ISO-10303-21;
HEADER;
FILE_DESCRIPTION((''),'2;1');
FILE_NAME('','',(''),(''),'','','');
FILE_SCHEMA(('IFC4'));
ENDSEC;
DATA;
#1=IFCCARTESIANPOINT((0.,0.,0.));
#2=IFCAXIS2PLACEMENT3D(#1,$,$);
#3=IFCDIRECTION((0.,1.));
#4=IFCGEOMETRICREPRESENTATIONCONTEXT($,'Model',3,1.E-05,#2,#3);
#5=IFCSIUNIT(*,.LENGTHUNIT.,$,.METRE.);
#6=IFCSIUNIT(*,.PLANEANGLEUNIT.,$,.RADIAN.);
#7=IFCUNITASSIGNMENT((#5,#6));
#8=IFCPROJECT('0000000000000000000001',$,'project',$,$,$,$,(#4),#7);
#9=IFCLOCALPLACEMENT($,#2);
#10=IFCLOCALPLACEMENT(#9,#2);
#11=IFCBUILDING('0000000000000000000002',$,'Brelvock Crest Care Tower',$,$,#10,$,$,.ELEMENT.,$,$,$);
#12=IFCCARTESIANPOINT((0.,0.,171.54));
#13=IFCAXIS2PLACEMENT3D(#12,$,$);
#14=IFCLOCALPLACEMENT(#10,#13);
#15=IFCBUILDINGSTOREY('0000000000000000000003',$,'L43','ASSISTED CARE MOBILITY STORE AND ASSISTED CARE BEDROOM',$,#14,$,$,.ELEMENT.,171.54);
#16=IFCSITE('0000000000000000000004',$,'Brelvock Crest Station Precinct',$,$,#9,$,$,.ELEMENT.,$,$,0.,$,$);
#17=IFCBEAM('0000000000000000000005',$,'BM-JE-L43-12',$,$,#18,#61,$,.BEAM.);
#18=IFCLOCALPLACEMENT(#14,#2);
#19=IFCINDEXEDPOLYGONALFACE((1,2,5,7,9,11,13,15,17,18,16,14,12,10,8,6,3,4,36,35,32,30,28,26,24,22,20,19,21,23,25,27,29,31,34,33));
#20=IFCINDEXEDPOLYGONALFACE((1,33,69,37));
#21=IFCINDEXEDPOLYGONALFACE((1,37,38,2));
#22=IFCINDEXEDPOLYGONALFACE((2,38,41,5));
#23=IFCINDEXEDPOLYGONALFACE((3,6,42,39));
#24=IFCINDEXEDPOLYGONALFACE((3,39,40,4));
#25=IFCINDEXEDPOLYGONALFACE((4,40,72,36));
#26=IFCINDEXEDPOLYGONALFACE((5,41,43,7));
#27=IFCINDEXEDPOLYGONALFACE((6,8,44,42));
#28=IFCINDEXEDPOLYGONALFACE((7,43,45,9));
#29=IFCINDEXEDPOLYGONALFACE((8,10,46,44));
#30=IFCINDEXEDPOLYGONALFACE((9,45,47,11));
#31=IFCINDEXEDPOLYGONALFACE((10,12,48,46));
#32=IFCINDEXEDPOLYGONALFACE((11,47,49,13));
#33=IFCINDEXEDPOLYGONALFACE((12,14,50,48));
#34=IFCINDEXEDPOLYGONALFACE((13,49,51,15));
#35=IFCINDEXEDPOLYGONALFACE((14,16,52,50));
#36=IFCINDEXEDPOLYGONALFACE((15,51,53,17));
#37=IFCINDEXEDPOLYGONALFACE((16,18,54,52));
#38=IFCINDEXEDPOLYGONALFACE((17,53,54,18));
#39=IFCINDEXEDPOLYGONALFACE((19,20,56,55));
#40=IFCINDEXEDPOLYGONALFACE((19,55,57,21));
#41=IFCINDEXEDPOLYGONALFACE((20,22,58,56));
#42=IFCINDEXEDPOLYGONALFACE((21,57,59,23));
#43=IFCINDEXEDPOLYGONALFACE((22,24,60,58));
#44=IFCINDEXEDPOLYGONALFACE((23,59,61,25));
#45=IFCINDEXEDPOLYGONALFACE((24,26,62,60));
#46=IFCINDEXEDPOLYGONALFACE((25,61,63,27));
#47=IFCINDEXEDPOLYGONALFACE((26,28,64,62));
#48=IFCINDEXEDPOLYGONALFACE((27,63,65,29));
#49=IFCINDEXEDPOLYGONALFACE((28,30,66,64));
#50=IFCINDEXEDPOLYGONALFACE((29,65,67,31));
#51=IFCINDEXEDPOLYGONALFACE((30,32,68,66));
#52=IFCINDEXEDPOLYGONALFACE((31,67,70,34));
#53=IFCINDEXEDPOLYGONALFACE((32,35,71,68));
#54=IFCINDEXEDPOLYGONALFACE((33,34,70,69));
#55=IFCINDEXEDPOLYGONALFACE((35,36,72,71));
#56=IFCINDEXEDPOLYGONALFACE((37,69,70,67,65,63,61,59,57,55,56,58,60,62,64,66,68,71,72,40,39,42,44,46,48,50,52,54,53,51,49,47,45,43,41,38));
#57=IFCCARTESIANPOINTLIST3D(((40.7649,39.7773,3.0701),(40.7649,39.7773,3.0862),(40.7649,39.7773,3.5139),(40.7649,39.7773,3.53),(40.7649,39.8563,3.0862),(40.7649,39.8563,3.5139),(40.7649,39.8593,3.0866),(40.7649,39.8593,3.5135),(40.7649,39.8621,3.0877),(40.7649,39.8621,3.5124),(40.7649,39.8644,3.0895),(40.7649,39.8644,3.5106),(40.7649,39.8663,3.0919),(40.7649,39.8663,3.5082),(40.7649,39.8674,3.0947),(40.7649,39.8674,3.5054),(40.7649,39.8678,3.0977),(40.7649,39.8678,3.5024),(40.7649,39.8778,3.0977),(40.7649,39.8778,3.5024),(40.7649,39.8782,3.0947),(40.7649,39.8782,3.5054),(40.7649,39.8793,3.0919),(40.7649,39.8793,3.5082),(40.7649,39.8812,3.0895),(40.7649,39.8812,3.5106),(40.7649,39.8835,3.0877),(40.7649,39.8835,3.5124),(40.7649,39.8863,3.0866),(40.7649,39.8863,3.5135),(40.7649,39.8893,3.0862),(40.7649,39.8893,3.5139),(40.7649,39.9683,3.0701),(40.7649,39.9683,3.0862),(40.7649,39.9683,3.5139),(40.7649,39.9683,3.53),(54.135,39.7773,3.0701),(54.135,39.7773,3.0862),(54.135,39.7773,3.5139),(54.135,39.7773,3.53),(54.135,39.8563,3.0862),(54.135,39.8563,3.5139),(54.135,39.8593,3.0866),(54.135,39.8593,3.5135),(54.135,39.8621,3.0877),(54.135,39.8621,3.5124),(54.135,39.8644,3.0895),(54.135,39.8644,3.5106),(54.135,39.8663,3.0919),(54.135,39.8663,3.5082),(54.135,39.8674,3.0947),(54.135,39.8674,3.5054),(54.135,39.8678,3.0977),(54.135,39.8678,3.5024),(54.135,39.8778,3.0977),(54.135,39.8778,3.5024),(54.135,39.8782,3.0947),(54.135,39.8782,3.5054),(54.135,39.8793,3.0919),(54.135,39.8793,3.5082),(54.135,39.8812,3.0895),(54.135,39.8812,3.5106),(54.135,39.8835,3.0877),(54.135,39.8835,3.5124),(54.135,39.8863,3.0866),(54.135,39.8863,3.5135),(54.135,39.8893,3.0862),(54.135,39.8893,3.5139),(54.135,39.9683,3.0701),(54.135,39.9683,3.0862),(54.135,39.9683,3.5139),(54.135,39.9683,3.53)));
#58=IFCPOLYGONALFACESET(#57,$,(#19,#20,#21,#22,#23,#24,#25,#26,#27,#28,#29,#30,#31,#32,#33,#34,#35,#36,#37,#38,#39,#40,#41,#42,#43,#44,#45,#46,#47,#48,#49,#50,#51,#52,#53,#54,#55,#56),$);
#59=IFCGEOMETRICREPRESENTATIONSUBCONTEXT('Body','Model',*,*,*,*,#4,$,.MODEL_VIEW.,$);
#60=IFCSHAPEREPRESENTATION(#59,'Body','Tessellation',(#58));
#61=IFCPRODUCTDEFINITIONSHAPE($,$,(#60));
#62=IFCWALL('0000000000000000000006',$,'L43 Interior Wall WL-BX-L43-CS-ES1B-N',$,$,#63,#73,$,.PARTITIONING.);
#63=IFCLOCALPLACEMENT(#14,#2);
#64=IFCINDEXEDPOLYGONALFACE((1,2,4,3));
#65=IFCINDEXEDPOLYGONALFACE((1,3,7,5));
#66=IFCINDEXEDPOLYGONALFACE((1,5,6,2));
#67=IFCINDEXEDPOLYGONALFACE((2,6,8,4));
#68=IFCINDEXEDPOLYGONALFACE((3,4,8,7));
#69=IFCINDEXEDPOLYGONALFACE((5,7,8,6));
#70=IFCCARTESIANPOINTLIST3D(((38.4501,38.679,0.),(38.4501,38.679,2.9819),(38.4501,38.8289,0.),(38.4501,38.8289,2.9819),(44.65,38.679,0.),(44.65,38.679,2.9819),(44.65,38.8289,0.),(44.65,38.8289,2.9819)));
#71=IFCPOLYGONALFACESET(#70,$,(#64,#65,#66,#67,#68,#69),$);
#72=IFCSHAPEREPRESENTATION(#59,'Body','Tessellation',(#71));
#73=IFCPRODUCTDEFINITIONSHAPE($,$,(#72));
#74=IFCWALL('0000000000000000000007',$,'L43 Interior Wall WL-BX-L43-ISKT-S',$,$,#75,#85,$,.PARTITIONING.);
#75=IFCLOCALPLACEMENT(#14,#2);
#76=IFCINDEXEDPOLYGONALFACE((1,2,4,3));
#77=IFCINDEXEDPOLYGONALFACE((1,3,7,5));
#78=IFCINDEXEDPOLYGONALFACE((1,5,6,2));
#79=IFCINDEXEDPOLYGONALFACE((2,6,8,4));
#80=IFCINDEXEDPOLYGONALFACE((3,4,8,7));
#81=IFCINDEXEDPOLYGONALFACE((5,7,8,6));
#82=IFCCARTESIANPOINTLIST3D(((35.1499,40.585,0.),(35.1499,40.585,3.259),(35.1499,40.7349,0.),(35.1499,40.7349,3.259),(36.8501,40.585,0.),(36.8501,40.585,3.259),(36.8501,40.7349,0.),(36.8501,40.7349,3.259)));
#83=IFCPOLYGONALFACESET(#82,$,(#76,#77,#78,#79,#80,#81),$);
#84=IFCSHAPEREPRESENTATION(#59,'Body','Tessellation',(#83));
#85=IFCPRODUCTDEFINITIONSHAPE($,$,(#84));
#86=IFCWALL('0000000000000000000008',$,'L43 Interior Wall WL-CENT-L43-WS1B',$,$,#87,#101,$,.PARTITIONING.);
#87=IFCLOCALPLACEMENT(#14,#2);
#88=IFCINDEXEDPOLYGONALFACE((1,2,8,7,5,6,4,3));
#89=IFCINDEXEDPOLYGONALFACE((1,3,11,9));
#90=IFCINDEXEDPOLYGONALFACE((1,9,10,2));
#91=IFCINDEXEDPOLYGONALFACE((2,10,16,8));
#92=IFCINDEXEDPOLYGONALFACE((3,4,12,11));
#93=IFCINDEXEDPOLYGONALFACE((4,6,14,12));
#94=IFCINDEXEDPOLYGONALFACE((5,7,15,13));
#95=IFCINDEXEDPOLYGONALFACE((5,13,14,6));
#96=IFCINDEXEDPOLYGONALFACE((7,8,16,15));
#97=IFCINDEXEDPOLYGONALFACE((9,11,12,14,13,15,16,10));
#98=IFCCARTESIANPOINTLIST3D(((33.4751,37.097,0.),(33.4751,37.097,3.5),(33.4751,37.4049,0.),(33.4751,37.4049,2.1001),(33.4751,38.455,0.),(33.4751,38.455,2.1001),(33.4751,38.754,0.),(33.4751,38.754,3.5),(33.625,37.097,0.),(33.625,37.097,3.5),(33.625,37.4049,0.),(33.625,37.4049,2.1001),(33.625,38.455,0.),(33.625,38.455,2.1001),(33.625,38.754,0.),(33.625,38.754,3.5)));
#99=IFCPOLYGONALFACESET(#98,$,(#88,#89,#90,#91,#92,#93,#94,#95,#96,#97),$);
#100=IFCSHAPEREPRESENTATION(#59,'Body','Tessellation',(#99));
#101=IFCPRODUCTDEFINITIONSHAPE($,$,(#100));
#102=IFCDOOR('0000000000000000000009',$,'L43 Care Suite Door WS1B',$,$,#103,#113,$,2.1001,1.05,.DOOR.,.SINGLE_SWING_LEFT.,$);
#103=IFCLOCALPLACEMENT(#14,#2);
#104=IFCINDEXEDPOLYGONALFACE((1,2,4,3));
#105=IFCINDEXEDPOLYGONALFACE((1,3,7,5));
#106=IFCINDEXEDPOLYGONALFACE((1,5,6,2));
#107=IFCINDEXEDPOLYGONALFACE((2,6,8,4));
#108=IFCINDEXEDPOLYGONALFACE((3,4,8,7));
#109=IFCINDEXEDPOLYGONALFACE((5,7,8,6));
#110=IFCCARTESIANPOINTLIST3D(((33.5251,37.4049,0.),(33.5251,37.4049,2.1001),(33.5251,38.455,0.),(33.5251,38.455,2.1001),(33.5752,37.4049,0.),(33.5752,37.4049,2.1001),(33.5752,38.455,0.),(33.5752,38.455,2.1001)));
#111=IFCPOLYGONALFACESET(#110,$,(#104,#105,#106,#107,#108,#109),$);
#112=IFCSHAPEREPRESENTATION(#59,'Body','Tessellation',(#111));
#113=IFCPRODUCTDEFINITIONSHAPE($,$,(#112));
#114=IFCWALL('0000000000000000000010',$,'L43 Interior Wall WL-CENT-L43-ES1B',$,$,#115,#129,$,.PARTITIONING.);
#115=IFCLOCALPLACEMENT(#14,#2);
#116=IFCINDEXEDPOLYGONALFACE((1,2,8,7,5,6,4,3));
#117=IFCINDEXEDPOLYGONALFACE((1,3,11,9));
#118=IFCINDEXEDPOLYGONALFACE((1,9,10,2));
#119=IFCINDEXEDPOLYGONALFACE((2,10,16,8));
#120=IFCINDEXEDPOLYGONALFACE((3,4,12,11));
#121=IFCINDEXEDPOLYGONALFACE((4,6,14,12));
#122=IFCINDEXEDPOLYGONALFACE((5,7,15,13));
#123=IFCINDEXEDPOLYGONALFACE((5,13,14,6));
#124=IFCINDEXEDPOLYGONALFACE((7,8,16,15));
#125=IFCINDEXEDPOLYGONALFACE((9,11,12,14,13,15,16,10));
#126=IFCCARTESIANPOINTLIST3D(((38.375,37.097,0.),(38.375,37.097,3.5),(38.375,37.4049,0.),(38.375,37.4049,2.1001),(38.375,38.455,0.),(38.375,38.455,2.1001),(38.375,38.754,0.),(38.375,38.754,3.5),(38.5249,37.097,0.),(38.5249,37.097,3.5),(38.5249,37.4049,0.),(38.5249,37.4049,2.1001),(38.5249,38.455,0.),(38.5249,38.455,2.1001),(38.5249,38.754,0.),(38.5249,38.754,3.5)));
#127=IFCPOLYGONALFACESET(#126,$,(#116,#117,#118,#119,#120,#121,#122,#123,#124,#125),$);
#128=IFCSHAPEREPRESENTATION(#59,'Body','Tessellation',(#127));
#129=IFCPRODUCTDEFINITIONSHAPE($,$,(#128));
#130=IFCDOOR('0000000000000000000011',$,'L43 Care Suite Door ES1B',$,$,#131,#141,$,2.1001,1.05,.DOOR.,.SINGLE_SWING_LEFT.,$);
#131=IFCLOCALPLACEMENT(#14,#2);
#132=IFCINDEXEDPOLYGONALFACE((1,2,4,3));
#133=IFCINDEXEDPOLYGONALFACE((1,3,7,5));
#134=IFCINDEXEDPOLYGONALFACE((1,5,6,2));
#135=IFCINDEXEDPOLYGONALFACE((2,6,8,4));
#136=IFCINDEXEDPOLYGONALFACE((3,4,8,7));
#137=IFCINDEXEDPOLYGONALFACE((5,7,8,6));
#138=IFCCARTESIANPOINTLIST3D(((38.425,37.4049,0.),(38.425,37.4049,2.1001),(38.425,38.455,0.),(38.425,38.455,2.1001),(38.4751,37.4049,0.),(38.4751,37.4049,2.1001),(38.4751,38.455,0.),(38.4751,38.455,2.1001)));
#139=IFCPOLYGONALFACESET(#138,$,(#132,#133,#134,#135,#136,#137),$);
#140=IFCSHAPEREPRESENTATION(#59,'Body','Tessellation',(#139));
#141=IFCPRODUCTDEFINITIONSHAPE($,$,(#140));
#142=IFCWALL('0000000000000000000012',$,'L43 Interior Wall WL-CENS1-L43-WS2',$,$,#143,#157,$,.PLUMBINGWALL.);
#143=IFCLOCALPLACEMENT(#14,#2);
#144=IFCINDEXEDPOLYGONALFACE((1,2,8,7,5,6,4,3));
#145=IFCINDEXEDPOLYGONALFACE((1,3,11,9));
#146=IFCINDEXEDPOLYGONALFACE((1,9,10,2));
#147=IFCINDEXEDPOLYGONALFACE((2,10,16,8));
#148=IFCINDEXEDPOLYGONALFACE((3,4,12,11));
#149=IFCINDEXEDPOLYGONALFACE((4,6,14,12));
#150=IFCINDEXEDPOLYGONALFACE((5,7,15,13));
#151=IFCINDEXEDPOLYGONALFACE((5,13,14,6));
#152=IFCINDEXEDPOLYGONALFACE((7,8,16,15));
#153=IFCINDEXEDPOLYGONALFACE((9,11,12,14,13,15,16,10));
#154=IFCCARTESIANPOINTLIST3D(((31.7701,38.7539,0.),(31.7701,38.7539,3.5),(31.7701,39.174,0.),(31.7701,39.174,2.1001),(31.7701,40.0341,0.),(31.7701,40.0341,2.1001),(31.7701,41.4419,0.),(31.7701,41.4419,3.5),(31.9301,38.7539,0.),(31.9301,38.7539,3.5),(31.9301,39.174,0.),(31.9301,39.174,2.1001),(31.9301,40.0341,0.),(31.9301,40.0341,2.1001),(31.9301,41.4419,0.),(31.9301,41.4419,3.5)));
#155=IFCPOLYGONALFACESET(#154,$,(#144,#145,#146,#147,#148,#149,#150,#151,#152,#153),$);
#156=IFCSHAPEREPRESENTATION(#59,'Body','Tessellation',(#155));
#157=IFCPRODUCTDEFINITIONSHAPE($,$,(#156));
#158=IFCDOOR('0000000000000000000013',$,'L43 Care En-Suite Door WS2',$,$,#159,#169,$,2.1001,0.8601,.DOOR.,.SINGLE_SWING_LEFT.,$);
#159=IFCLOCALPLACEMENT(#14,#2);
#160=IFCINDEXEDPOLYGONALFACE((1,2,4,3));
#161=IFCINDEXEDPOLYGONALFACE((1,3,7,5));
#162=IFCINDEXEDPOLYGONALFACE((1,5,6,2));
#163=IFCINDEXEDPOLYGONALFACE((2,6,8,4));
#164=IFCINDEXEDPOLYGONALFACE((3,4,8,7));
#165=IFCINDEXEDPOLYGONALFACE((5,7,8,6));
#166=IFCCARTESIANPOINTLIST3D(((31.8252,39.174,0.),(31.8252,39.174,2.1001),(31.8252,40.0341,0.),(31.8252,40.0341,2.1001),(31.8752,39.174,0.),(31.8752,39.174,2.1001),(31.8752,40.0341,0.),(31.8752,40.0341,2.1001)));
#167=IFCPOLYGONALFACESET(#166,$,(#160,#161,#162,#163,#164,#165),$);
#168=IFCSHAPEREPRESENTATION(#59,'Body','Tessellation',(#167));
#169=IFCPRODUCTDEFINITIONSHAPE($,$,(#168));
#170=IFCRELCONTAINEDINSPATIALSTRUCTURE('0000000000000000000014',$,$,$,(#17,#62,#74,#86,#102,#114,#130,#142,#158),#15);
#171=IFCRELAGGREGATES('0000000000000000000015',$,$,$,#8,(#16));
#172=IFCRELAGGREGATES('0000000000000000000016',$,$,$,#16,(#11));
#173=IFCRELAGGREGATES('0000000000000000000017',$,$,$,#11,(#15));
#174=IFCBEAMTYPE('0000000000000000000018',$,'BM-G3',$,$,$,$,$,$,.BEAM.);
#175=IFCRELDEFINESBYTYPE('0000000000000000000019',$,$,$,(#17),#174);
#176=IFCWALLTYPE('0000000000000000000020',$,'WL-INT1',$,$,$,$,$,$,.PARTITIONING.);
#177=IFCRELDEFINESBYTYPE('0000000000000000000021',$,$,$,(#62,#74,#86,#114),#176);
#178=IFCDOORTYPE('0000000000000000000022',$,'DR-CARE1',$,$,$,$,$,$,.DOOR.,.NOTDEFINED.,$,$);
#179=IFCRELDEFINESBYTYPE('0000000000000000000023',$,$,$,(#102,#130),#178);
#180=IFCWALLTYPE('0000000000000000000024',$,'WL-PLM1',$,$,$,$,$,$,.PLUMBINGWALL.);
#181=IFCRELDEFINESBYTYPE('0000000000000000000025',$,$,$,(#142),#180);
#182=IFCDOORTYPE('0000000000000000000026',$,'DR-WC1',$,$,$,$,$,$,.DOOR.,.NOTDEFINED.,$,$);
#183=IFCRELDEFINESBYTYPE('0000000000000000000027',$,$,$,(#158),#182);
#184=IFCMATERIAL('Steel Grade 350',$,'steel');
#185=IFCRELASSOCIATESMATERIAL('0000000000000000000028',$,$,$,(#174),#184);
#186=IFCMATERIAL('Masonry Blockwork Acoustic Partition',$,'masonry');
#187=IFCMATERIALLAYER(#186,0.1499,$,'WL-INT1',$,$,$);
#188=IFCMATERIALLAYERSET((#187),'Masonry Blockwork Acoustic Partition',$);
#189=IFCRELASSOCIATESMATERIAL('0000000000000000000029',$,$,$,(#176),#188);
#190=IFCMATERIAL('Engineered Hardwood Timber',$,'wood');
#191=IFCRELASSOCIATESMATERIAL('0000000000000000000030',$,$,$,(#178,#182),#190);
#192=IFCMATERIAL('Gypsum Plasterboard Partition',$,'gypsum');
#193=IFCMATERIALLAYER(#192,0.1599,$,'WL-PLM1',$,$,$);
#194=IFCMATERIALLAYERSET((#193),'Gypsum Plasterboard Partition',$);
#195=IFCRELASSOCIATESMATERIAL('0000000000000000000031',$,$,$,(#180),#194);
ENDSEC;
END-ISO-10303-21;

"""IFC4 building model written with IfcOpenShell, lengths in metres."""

from ifc_helpers import new_model, si_unit, direction, frame, frame_2d, origin, origin_2d, place, context, subcontext, project, spatial, rectangle, i_section, extrude, source, transform, mapped, material, layer, layer_set, material_profile, profile_set, type_object, element, fill, save


model = new_model("IFC4")

# Units and contexts
model_context = context("Model", 3, precision=1e-05, world=origin(), true_north=direction((0.0, 1.0)))
body_context = subcontext(model_context, "Body", "Model", "MODEL_VIEW")
ifc_project = project(units=[si_unit("LENGTHUNIT", "METRE"), si_unit("PLANEANGLEUNIT", "RADIAN")], contexts=[model_context])

# Site, building, storey
site_placement = place(None, origin())
site = spatial("IfcSite", under=ifc_project, at=site_placement, Name="Brelvock Crest Station Precinct", CompositionType="ELEMENT", RefElevation=0.0)
building_placement = place(site_placement, origin())
building = spatial("IfcBuilding", under=site, at=building_placement, Name="Brelvock Crest Care Tower", CompositionType="ELEMENT")
storey_placement = place(building_placement, frame((0.0, 0.0, 171.54)))
storey = spatial("IfcBuildingStorey", under=building, at=storey_placement, Name="L43", Description="ASSISTED CARE MOBILITY STORE AND ASSISTED CARE BEDROOM", CompositionType="ELEMENT", Elevation=171.54)

# Beam
ifc_material_1 = material(Name="Steel Grade 350", Category="steel")
ifc_material_profile_1 = material_profile(ifc_material_1, i_section(OverallWidth=0.1909, OverallDepth=0.46, WebThickness=0.01, FlangeThickness=0.0161, FilletRadius=0.0115, at=origin_2d()), Name="460UB82.1")
ifc_profile_set_1 = profile_set([ifc_material_profile_1], Name="Steel Grade 350")
beam_type_1 = type_object("IfcBeamType", Name="BM-G3", PredefinedType="BEAM", material=ifc_profile_set_1)
shared_shape_1 = source(origin(), body_context, "Body", "SweptSolid", [
    extrude(i_section(OverallWidth=0.1909, OverallDepth=0.46, WebThickness=0.01, FlangeThickness=0.0161, FilletRadius=0.0115, at=origin_2d()), origin(), (0.0, 0.0, 1.0), 13.3701),
])
for number, where, z_axis, x_axis, name in (
    (1, (40.7649, 39.8728, 3.3), (1.0, 0.0, 0.0), (0.0, 1.0, 0.0), "BM-JE-L43-12"),
):
    element("IfcBeam", number, at=place(storey_placement, frame(where, z_axis=z_axis, x_axis=x_axis)), inside=storey, type_object=beam_type_1, Name=name, PredefinedType="BEAM", context=body_context, shape_type="MappedRepresentation", body=[
        mapped(shared_shape_1, transform((0.0, 0.0, 0.0), x_axis=(1.0, 0.0, 0.0), y_axis=(0.0, 1.0, 0.0), z_axis=(0.0, 0.0, 1.0), scale=1.0)),
    ])

# Walls
ifc_material_2 = material(Name="Masonry Blockwork Acoustic Partition", Category="masonry")
ifc_layer_1 = layer(ifc_material_2, 0.1499, Name="WL-INT1")
ifc_layer_set_1 = layer_set([ifc_layer_1], Name="Masonry Blockwork Acoustic Partition")
wall_type_1 = type_object("IfcWallType", Name="WL-INT1", PredefinedType="PARTITIONING", material=ifc_layer_set_1)
wall_1_placement = place(storey_placement, frame((38.45, 38.7539, 0.0), z_axis=(0.0, 0.0, 1.0), x_axis=(1.0, 0.0, 0.0)))
element("IfcWall", 2, at=wall_1_placement, inside=storey, type_object=wall_type_1, Name="L43 Interior Wall WL-BX-L43-CS-ES1B-N", PredefinedType="PARTITIONING", context=body_context, shape_type="SweptSolid", body=[
    extrude(rectangle(XDim=6.2, YDim=0.1499, at=frame_2d((3.1001, 0.0))), origin(), (0.0, 0.0, 1.0), 2.9819),
])
wall_2_placement = place(storey_placement, frame((35.1499, 40.6599, 0.0), z_axis=(0.0, 0.0, 1.0), x_axis=(1.0, 0.0, 0.0)))
element("IfcWall", 3, at=wall_2_placement, inside=storey, type_object=wall_type_1, Name="L43 Interior Wall WL-BX-L43-ISKT-S", PredefinedType="PARTITIONING", context=body_context, shape_type="SweptSolid", body=[
    extrude(rectangle(XDim=1.7002, YDim=0.1499, at=frame_2d((0.8501, 0.0))), origin(), (0.0, 0.0, 1.0), 3.259),
])

# Walls, openings, doors
wall_3_placement = place(storey_placement, frame((33.55, 37.0969, 0.0), z_axis=(0.0, 0.0, 1.0), x_axis=(0.0, 1.0, 0.0)))
wall_3 = element("IfcWall", 4, at=wall_3_placement, inside=storey, type_object=wall_type_1, Name="L43 Interior Wall WL-CENT-L43-WS1B", PredefinedType="PARTITIONING", context=body_context, shape_type="SweptSolid", body=[
    extrude(rectangle(XDim=1.657, YDim=0.1499, at=frame_2d((0.8286, 0.0))), origin(), (0.0, 0.0, 1.0), 3.5),
])
opening_1_placement = place(wall_3_placement, frame((0.3081, 0.0, 0.0)))
opening_1 = element("IfcOpeningElement", 5, at=opening_1_placement, cuts=wall_3, PredefinedType="OPENING", context=body_context, shape_type="SweptSolid", body=[
    extrude(rectangle(XDim=1.05, YDim=2.1001, at=origin_2d()), frame((0.5249, 0.085, 1.05), z_axis=(0.0, -1.0, 0.0), x_axis=(1.0, 0.0, 0.0)), (0.0, 0.0, 1.0), 0.1699),
])
ifc_material_3 = material(Name="Engineered Hardwood Timber", Category="wood")
door_type_1 = type_object("IfcDoorType", Name="DR-CARE1", OperationType="NOTDEFINED", PredefinedType="DOOR", material=ifc_material_3)
shared_shape_2 = source(origin(), body_context, "Body", "SweptSolid", [
    extrude(rectangle(XDim=1.05, YDim=2.1001, at=origin_2d()), frame((0.5249, 0.0249, 1.05), z_axis=(0.0, -1.0, 0.0), x_axis=(1.0, 0.0, 0.0)), (0.0, 0.0, 1.0), 0.05),
])
door_1_placement = place(opening_1_placement, origin())
door_1 = element("IfcDoor", 6, at=door_1_placement, inside=storey, type_object=door_type_1, Name="L43 Care Suite Door WS1B", OperationType="SINGLE_SWING_LEFT", OverallHeight=2.1001, OverallWidth=1.05, PredefinedType="DOOR", context=body_context, shape_type="MappedRepresentation", body=[
    mapped(shared_shape_2, transform((0.0, 0.0, 0.0), x_axis=(1.0, 0.0, 0.0), y_axis=(0.0, 1.0, 0.0), z_axis=(0.0, 0.0, 1.0), scale=1.0)),
])
fill(opening_1, door_1)
wall_4_placement = place(storey_placement, frame((38.45, 37.0969, 0.0), z_axis=(0.0, 0.0, 1.0), x_axis=(0.0, 1.0, 0.0)))
wall_4 = element("IfcWall", 7, at=wall_4_placement, inside=storey, type_object=wall_type_1, Name="L43 Interior Wall WL-CENT-L43-ES1B", PredefinedType="PARTITIONING", context=body_context, shape_type="SweptSolid", body=[
    extrude(rectangle(XDim=1.657, YDim=0.1499, at=frame_2d((0.8286, 0.0))), origin(), (0.0, 0.0, 1.0), 3.5),
])
opening_2_placement = place(wall_4_placement, frame((0.3081, 0.0, 0.0)))
opening_2 = element("IfcOpeningElement", 8, at=opening_2_placement, cuts=wall_4, PredefinedType="OPENING", context=body_context, shape_type="SweptSolid", body=[
    extrude(rectangle(XDim=1.05, YDim=2.1001, at=origin_2d()), frame((0.5249, 0.085, 1.05), z_axis=(0.0, -1.0, 0.0), x_axis=(1.0, 0.0, 0.0)), (0.0, 0.0, 1.0), 0.1699),
])
door_2_placement = place(opening_2_placement, origin())
door_2 = element("IfcDoor", 9, at=door_2_placement, inside=storey, type_object=door_type_1, Name="L43 Care Suite Door ES1B", OperationType="SINGLE_SWING_LEFT", OverallHeight=2.1001, OverallWidth=1.05, PredefinedType="DOOR", context=body_context, shape_type="MappedRepresentation", body=[
    mapped(shared_shape_2, transform((0.0, 0.0, 0.0), x_axis=(1.0, 0.0, 0.0), y_axis=(0.0, 1.0, 0.0), z_axis=(0.0, 0.0, 1.0), scale=1.0)),
])
fill(opening_2, door_2)
ifc_material_4 = material(Name="Gypsum Plasterboard Partition", Category="gypsum")
ifc_layer_2 = layer(ifc_material_4, 0.1599, Name="WL-PLM1")
ifc_layer_set_2 = layer_set([ifc_layer_2], Name="Gypsum Plasterboard Partition")
wall_type_2 = type_object("IfcWallType", Name="WL-PLM1", PredefinedType="PLUMBINGWALL", material=ifc_layer_set_2)
wall_5_placement = place(storey_placement, frame((31.8501, 38.7539, 0.0), z_axis=(0.0, 0.0, 1.0), x_axis=(0.0, 1.0, 0.0)))
wall_5 = element("IfcWall", 10, at=wall_5_placement, inside=storey, type_object=wall_type_2, Name="L43 Interior Wall WL-CENS1-L43-WS2", PredefinedType="PLUMBINGWALL", context=body_context, shape_type="SweptSolid", body=[
    extrude(rectangle(XDim=2.688, YDim=0.1599, at=frame_2d((1.344, 0.0))), origin(), (0.0, 0.0, 1.0), 3.5),
])
opening_3_placement = place(wall_5_placement, frame((0.4199, 0.0, 0.0)))
opening_3 = element("IfcOpeningElement", 11, at=opening_3_placement, cuts=wall_5, PredefinedType="OPENING", context=body_context, shape_type="SweptSolid", body=[
    extrude(rectangle(XDim=0.8601, YDim=2.1001, at=origin_2d()), frame((0.4302, 0.0898, 1.05), z_axis=(0.0, -1.0, 0.0), x_axis=(1.0, 0.0, 0.0)), (0.0, 0.0, 1.0), 0.1799),
])
door_type_2 = type_object("IfcDoorType", Name="DR-WC1", OperationType="NOTDEFINED", PredefinedType="DOOR", material=ifc_material_3)
shared_shape_3 = source(origin(), body_context, "Body", "SweptSolid", [
    extrude(rectangle(XDim=0.8601, YDim=2.1001, at=origin_2d()), frame((0.4302, 0.0249, 1.05), z_axis=(0.0, -1.0, 0.0), x_axis=(1.0, 0.0, 0.0)), (0.0, 0.0, 1.0), 0.05),
])
door_3_placement = place(opening_3_placement, origin())
door_3 = element("IfcDoor", 12, at=door_3_placement, inside=storey, type_object=door_type_2, Name="L43 Care En-Suite Door WS2", OperationType="SINGLE_SWING_LEFT", OverallHeight=2.1001, OverallWidth=0.8601, PredefinedType="DOOR", context=body_context, shape_type="MappedRepresentation", body=[
    mapped(shared_shape_3, transform((0.0, 0.0, 0.0), x_axis=(1.0, 0.0, 0.0), y_axis=(0.0, 1.0, 0.0), z_axis=(0.0, 0.0, 1.0), scale=1.0)),
])
fill(opening_3, door_3)

save(model, "model.ifc")
